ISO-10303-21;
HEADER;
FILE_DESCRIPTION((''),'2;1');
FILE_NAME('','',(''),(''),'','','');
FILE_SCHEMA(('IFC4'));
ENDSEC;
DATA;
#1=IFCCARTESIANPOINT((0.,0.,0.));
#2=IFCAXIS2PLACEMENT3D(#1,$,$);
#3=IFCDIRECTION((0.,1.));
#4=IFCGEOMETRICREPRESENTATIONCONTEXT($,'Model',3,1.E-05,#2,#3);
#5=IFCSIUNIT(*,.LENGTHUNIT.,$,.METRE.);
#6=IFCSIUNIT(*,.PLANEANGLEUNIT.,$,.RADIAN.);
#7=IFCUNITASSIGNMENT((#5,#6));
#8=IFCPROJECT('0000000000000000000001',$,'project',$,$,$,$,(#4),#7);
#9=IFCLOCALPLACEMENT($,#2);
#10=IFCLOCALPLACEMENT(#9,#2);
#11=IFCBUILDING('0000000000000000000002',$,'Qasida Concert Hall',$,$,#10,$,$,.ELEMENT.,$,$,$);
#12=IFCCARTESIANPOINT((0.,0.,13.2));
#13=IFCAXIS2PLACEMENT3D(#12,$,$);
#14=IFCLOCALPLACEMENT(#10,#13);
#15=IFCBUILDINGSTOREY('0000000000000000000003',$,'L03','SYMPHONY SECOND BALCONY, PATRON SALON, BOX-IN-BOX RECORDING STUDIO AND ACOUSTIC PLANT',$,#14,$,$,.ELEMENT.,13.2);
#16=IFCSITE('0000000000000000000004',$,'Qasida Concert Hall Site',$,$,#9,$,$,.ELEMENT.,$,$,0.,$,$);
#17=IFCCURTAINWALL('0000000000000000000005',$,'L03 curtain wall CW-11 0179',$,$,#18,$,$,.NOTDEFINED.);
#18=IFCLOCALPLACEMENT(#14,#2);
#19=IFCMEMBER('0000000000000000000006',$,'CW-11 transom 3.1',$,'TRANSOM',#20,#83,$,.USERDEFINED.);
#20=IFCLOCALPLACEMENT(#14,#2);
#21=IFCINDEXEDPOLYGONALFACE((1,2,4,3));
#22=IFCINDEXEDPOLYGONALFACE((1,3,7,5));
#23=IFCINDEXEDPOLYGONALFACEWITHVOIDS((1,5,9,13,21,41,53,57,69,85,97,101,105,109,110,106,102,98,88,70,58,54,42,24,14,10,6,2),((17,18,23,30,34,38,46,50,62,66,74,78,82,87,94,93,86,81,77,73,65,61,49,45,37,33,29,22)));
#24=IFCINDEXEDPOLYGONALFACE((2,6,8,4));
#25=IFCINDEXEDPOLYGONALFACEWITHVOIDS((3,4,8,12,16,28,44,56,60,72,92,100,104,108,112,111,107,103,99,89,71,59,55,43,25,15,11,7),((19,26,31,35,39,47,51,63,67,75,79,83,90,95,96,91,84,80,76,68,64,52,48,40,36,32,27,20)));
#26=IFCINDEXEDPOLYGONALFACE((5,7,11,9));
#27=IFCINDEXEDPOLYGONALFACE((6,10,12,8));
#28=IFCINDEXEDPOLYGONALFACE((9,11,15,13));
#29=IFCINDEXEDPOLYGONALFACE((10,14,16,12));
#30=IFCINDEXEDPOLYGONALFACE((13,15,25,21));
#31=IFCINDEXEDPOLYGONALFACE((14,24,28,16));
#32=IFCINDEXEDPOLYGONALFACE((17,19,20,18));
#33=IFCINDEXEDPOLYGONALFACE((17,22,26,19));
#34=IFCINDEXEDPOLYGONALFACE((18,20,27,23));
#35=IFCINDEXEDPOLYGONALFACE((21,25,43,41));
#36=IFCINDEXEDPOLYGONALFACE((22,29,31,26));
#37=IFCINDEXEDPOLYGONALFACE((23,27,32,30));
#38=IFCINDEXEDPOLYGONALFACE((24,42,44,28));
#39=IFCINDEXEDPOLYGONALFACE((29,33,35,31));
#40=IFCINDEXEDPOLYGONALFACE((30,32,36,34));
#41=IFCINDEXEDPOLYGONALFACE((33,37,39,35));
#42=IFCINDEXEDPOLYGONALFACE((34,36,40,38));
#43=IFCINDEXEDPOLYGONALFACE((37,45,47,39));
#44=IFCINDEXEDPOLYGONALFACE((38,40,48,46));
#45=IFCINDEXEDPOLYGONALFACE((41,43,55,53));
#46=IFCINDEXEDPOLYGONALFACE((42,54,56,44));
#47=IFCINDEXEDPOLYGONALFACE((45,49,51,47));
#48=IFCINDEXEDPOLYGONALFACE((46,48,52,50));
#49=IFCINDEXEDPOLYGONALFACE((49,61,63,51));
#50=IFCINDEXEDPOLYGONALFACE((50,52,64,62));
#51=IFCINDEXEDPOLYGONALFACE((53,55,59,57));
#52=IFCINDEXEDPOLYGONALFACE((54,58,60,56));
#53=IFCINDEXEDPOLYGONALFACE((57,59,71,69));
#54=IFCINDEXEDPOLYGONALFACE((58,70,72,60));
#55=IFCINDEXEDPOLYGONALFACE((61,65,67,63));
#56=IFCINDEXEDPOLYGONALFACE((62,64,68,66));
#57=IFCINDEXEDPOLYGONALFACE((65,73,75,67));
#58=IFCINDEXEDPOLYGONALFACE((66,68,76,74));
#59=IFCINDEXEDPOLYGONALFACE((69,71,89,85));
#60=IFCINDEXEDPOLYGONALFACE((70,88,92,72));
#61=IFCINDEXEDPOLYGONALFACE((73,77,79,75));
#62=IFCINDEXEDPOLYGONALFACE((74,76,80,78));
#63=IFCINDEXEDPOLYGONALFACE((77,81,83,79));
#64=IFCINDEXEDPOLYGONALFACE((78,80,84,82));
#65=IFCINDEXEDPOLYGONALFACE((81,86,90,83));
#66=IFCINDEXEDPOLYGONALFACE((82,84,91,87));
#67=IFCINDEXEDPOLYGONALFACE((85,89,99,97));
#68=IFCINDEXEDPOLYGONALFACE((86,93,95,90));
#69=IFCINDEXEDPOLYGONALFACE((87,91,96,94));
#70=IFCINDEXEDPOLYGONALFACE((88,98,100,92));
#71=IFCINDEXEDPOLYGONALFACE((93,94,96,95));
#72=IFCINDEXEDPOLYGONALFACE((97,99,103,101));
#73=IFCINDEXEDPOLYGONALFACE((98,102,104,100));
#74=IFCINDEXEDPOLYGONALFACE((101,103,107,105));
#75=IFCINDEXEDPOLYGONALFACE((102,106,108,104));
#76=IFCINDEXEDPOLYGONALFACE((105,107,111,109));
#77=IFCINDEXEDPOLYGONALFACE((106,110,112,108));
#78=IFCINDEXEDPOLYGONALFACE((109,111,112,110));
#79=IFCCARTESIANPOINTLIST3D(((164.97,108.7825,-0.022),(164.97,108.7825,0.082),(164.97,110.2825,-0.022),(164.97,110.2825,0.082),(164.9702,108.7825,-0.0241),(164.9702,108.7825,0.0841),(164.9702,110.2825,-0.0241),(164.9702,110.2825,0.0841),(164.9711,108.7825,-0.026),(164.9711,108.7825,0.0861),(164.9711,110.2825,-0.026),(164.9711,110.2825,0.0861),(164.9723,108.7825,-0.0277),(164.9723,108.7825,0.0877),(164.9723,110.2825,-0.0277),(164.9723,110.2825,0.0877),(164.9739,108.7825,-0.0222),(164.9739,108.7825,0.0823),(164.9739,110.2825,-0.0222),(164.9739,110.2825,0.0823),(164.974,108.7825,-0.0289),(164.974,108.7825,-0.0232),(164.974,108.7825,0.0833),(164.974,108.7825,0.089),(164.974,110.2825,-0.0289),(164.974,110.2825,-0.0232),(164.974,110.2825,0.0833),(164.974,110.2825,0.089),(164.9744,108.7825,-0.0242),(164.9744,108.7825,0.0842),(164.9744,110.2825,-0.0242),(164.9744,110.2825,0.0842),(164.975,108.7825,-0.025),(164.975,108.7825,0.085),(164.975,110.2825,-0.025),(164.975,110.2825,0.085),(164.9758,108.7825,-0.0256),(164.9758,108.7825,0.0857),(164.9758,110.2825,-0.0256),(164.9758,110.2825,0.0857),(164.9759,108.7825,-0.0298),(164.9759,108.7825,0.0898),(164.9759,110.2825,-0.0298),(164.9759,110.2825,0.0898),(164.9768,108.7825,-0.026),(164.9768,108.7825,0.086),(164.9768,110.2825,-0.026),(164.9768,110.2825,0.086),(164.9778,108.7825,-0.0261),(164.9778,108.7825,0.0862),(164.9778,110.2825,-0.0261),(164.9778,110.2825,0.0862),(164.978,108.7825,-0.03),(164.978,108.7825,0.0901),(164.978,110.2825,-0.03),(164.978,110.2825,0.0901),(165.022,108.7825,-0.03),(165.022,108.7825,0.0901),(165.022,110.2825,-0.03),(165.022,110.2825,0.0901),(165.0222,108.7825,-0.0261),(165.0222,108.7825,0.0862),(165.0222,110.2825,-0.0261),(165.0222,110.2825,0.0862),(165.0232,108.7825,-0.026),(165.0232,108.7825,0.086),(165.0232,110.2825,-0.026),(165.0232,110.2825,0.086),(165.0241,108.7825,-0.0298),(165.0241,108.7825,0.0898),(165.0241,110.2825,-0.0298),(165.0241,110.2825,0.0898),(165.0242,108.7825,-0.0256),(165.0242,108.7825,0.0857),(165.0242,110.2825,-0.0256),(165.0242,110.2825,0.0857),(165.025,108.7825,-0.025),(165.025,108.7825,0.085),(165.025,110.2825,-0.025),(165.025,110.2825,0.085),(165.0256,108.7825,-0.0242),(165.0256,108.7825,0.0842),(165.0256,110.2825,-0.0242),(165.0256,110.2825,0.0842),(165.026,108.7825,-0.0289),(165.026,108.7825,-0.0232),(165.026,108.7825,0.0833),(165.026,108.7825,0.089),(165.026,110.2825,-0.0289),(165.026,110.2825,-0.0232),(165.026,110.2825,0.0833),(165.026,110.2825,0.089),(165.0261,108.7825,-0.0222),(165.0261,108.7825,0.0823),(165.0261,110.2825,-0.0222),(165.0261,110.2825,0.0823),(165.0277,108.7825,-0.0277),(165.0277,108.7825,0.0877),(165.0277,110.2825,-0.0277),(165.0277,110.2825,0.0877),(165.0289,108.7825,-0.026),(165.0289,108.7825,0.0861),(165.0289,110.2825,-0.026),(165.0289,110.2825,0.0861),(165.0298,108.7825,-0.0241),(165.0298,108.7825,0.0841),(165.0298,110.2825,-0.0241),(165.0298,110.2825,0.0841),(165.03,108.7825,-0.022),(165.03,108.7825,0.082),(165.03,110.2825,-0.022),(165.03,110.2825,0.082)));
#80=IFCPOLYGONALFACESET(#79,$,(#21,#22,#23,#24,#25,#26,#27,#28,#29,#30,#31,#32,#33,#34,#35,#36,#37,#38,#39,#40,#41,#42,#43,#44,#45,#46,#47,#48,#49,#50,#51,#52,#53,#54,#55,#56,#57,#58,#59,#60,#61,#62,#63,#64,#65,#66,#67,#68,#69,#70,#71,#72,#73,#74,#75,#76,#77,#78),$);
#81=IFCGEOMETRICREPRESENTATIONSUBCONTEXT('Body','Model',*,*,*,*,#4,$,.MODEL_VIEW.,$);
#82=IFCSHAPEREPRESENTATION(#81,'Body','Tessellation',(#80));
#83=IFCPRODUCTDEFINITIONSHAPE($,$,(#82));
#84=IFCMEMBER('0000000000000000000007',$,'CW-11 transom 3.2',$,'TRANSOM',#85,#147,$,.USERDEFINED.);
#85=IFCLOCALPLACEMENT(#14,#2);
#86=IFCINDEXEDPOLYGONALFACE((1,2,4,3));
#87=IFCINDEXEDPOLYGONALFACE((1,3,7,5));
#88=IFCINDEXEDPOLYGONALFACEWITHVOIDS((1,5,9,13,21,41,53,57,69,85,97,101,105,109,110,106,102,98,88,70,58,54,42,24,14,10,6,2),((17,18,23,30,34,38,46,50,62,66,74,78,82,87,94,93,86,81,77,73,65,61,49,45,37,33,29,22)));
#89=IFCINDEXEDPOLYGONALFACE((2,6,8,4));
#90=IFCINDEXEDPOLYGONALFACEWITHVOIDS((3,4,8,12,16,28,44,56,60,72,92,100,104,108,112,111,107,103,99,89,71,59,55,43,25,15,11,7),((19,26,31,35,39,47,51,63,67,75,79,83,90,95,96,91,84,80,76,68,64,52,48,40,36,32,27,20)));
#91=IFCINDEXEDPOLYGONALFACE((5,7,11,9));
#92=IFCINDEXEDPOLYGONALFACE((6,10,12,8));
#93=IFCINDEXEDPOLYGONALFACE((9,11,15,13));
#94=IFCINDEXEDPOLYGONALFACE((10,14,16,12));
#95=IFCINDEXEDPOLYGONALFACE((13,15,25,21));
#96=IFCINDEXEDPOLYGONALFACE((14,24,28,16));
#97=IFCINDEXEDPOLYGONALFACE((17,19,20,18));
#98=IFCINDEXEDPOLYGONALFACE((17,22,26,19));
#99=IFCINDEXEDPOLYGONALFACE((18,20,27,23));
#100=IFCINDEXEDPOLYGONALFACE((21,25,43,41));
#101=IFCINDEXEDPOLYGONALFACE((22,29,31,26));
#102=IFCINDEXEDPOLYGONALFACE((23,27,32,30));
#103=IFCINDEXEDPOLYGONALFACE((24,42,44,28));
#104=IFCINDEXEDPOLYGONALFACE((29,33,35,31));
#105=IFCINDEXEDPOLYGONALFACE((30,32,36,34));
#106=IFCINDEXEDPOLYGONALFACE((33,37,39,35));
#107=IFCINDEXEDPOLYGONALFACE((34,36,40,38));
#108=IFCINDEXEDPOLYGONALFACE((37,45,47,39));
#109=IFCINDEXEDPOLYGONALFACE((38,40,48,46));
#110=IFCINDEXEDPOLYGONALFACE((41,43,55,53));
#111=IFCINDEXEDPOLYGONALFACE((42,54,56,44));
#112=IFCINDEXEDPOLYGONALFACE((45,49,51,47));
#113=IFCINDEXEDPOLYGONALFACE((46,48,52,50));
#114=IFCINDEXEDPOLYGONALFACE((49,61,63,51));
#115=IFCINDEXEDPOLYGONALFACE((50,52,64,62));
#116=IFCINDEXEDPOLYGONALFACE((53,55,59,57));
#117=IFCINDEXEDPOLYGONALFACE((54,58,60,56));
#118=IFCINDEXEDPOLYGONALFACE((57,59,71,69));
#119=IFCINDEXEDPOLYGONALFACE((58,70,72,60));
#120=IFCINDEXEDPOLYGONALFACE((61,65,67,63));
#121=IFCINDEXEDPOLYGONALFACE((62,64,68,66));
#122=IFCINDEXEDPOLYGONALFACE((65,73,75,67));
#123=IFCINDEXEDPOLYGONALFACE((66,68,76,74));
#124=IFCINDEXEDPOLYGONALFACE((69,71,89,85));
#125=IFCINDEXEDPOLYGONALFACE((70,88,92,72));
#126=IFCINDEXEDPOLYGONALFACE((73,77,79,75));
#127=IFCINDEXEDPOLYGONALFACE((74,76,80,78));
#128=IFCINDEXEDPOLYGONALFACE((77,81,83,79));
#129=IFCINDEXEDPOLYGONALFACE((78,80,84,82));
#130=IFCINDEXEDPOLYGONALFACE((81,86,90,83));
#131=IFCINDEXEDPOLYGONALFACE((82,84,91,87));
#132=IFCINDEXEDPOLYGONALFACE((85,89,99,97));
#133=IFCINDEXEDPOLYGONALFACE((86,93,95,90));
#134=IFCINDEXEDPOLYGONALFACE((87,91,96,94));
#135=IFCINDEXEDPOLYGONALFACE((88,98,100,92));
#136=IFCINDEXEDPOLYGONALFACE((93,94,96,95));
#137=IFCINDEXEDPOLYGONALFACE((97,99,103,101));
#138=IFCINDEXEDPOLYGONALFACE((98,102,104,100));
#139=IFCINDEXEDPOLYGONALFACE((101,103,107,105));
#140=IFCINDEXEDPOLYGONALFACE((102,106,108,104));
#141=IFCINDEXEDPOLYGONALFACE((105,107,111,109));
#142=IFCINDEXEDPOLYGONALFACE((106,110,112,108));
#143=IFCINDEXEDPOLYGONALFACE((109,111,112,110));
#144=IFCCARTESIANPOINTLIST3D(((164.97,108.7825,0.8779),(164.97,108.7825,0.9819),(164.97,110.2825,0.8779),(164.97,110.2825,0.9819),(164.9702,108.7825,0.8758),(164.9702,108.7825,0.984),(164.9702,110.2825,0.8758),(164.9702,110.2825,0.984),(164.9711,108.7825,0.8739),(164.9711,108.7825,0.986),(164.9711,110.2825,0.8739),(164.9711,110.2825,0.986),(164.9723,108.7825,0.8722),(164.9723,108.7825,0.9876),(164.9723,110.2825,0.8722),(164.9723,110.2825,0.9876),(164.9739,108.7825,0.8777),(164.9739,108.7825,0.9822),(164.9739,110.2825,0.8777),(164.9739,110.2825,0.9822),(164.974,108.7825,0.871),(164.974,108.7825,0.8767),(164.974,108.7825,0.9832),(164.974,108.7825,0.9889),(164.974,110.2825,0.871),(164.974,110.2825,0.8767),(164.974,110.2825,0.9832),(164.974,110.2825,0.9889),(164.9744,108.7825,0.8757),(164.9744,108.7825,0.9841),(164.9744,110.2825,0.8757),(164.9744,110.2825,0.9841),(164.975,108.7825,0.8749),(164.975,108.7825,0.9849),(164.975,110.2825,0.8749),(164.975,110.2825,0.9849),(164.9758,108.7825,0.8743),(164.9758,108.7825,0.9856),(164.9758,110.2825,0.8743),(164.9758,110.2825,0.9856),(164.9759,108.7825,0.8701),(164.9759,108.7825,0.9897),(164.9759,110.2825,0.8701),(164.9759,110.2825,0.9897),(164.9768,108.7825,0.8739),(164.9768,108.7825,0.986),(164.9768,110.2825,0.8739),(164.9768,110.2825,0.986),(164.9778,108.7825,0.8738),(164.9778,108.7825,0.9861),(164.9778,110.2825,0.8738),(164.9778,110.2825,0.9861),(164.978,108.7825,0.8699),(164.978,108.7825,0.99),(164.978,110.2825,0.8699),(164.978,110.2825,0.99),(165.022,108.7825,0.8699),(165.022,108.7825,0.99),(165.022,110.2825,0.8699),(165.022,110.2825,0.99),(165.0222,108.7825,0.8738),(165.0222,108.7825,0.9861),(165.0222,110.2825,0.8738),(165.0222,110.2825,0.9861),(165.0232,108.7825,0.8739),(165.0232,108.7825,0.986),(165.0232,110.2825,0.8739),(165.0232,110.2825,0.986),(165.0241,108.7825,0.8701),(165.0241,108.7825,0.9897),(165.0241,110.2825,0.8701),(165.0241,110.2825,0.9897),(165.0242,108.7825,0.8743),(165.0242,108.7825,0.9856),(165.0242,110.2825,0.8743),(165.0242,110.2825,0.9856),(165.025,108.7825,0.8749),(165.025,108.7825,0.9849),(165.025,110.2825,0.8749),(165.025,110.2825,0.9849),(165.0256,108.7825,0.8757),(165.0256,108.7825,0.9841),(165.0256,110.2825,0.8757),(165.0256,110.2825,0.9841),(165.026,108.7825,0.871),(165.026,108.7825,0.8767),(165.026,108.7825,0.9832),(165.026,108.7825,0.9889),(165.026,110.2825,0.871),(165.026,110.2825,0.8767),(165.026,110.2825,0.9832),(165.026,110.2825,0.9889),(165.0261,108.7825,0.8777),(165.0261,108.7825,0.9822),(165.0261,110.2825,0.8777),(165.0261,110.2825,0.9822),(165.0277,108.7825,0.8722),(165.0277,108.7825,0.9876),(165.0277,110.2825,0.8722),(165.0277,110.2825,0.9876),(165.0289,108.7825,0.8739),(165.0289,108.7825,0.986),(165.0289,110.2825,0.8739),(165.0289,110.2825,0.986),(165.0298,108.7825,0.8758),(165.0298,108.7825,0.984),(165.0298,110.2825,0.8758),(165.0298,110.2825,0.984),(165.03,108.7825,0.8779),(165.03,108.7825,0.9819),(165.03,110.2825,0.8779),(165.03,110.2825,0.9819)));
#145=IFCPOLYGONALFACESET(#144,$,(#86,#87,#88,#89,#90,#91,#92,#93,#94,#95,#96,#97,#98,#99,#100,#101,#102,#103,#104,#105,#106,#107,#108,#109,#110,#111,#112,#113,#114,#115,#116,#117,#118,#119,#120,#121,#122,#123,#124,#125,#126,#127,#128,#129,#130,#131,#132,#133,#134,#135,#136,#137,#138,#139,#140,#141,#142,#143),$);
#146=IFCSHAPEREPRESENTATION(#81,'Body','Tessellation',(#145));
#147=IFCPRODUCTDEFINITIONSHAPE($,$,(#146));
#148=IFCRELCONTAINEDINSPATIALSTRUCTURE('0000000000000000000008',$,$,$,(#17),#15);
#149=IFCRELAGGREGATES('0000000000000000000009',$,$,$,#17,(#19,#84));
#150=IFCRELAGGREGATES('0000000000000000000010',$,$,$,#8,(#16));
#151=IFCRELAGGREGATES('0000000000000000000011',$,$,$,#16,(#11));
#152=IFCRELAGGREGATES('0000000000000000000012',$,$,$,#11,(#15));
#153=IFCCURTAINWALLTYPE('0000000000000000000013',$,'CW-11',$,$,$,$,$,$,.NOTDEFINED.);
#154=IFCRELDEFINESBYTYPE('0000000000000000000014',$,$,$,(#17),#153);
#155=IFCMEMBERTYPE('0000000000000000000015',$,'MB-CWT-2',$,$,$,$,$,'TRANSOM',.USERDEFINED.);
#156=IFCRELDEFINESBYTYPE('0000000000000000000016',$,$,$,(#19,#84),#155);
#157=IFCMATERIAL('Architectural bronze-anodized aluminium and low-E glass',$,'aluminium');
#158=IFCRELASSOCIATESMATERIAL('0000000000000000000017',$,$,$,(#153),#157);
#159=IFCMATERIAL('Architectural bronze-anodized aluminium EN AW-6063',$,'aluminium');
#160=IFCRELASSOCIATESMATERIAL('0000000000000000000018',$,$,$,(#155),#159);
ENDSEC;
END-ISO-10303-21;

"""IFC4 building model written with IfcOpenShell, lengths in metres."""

from ifc_helpers import new_model, si_unit, direction, frame, origin, origin_2d, place, context, subcontext, project, spatial, hollow_rectangle, extrude, material, material_profile, profile_set, type_object, element, aggregate, save


model = new_model("IFC4")

# Units and contexts
model_context = context("Model", 3, precision=1e-05, world=origin(), true_north=direction((0.0, 1.0)))
body_context = subcontext(model_context, "Body", "Model", "MODEL_VIEW")
ifc_project = project(units=[si_unit("LENGTHUNIT", "METRE"), si_unit("PLANEANGLEUNIT", "RADIAN")], contexts=[model_context])

# Site, building, storey
site_placement = place(None, origin())
site = spatial("IfcSite", under=ifc_project, at=site_placement, Name="Qasida Concert Hall Site", CompositionType="ELEMENT", RefElevation=0.0)
building_placement = place(site_placement, origin())
building = spatial("IfcBuilding", under=site, at=building_placement, Name="Qasida Concert Hall", CompositionType="ELEMENT")
storey_placement = place(building_placement, frame((0.0, 0.0, 13.2)))
storey = spatial("IfcBuildingStorey", under=building, at=storey_placement, Name="L03", Description="SYMPHONY SECOND BALCONY, PATRON SALON, BOX-IN-BOX RECORDING STUDIO AND ACOUSTIC PLANT", CompositionType="ELEMENT", Elevation=13.2)

# Curtain wall, members
ifc_material_1 = material(Name="Architectural bronze-anodized aluminium and low-E glass", Category="aluminium")
curtain_wall_type = type_object("IfcCurtainWallType", Name="CW-11", PredefinedType="NOTDEFINED", material=ifc_material_1)
curtain_wall_placement = place(storey_placement, origin())
curtain_wall = element("IfcCurtainWall", 1, at=curtain_wall_placement, inside=storey, type_object=curtain_wall_type, Name="L03 curtain wall CW-11 0179", PredefinedType="NOTDEFINED")
ifc_material_2 = material(Name="Architectural bronze-anodized aluminium EN AW-6063", Category="aluminium")
ifc_material_profile_1 = material_profile(ifc_material_2, hollow_rectangle(XDim=0.0601, YDim=0.1201, WallThickness=0.0039, InnerFilletRadius=0.0039, OuterFilletRadius=0.0081, at=origin_2d()), Name="CWT 120x60x4")
ifc_profile_set_1 = profile_set([ifc_material_profile_1], Name="Architectural bronze-anodized aluminium EN AW-6063")
member_type_1 = type_object("IfcMemberType", Name="MB-CWT-2", ElementType="TRANSOM", PredefinedType="USERDEFINED", material=ifc_profile_set_1)
member_1_placement = place(storey_placement, frame((165.0, 108.7825, 0.03), z_axis=(0.0, 1.0, 0.0), x_axis=(-1.0, 0.0, 0.0)))
member_1 = element("IfcMember", 2, at=member_1_placement, type_object=member_type_1, Name="CW-11 transom 3.1", ObjectType="TRANSOM", PredefinedType="USERDEFINED", context=body_context, shape_type="SweptSolid", body=[
    extrude(hollow_rectangle(XDim=0.0601, YDim=0.1201, WallThickness=0.0039, InnerFilletRadius=0.0039, OuterFilletRadius=0.0081, at=origin_2d()), origin(), (0.0, 0.0, 1.0), 1.5),
])
member_2_placement = place(storey_placement, frame((165.0, 108.7825, 0.9299), z_axis=(0.0, 1.0, 0.0), x_axis=(-1.0, 0.0, 0.0)))
member_2 = element("IfcMember", 3, at=member_2_placement, type_object=member_type_1, Name="CW-11 transom 3.2", ObjectType="TRANSOM", PredefinedType="USERDEFINED", context=body_context, shape_type="SweptSolid", body=[
    extrude(hollow_rectangle(XDim=0.0601, YDim=0.1201, WallThickness=0.0039, InnerFilletRadius=0.0039, OuterFilletRadius=0.0081, at=origin_2d()), origin(), (0.0, 0.0, 1.0), 1.5),
])
aggregate(curtain_wall, [member_1, member_2])

save(model, "model.ifc")
